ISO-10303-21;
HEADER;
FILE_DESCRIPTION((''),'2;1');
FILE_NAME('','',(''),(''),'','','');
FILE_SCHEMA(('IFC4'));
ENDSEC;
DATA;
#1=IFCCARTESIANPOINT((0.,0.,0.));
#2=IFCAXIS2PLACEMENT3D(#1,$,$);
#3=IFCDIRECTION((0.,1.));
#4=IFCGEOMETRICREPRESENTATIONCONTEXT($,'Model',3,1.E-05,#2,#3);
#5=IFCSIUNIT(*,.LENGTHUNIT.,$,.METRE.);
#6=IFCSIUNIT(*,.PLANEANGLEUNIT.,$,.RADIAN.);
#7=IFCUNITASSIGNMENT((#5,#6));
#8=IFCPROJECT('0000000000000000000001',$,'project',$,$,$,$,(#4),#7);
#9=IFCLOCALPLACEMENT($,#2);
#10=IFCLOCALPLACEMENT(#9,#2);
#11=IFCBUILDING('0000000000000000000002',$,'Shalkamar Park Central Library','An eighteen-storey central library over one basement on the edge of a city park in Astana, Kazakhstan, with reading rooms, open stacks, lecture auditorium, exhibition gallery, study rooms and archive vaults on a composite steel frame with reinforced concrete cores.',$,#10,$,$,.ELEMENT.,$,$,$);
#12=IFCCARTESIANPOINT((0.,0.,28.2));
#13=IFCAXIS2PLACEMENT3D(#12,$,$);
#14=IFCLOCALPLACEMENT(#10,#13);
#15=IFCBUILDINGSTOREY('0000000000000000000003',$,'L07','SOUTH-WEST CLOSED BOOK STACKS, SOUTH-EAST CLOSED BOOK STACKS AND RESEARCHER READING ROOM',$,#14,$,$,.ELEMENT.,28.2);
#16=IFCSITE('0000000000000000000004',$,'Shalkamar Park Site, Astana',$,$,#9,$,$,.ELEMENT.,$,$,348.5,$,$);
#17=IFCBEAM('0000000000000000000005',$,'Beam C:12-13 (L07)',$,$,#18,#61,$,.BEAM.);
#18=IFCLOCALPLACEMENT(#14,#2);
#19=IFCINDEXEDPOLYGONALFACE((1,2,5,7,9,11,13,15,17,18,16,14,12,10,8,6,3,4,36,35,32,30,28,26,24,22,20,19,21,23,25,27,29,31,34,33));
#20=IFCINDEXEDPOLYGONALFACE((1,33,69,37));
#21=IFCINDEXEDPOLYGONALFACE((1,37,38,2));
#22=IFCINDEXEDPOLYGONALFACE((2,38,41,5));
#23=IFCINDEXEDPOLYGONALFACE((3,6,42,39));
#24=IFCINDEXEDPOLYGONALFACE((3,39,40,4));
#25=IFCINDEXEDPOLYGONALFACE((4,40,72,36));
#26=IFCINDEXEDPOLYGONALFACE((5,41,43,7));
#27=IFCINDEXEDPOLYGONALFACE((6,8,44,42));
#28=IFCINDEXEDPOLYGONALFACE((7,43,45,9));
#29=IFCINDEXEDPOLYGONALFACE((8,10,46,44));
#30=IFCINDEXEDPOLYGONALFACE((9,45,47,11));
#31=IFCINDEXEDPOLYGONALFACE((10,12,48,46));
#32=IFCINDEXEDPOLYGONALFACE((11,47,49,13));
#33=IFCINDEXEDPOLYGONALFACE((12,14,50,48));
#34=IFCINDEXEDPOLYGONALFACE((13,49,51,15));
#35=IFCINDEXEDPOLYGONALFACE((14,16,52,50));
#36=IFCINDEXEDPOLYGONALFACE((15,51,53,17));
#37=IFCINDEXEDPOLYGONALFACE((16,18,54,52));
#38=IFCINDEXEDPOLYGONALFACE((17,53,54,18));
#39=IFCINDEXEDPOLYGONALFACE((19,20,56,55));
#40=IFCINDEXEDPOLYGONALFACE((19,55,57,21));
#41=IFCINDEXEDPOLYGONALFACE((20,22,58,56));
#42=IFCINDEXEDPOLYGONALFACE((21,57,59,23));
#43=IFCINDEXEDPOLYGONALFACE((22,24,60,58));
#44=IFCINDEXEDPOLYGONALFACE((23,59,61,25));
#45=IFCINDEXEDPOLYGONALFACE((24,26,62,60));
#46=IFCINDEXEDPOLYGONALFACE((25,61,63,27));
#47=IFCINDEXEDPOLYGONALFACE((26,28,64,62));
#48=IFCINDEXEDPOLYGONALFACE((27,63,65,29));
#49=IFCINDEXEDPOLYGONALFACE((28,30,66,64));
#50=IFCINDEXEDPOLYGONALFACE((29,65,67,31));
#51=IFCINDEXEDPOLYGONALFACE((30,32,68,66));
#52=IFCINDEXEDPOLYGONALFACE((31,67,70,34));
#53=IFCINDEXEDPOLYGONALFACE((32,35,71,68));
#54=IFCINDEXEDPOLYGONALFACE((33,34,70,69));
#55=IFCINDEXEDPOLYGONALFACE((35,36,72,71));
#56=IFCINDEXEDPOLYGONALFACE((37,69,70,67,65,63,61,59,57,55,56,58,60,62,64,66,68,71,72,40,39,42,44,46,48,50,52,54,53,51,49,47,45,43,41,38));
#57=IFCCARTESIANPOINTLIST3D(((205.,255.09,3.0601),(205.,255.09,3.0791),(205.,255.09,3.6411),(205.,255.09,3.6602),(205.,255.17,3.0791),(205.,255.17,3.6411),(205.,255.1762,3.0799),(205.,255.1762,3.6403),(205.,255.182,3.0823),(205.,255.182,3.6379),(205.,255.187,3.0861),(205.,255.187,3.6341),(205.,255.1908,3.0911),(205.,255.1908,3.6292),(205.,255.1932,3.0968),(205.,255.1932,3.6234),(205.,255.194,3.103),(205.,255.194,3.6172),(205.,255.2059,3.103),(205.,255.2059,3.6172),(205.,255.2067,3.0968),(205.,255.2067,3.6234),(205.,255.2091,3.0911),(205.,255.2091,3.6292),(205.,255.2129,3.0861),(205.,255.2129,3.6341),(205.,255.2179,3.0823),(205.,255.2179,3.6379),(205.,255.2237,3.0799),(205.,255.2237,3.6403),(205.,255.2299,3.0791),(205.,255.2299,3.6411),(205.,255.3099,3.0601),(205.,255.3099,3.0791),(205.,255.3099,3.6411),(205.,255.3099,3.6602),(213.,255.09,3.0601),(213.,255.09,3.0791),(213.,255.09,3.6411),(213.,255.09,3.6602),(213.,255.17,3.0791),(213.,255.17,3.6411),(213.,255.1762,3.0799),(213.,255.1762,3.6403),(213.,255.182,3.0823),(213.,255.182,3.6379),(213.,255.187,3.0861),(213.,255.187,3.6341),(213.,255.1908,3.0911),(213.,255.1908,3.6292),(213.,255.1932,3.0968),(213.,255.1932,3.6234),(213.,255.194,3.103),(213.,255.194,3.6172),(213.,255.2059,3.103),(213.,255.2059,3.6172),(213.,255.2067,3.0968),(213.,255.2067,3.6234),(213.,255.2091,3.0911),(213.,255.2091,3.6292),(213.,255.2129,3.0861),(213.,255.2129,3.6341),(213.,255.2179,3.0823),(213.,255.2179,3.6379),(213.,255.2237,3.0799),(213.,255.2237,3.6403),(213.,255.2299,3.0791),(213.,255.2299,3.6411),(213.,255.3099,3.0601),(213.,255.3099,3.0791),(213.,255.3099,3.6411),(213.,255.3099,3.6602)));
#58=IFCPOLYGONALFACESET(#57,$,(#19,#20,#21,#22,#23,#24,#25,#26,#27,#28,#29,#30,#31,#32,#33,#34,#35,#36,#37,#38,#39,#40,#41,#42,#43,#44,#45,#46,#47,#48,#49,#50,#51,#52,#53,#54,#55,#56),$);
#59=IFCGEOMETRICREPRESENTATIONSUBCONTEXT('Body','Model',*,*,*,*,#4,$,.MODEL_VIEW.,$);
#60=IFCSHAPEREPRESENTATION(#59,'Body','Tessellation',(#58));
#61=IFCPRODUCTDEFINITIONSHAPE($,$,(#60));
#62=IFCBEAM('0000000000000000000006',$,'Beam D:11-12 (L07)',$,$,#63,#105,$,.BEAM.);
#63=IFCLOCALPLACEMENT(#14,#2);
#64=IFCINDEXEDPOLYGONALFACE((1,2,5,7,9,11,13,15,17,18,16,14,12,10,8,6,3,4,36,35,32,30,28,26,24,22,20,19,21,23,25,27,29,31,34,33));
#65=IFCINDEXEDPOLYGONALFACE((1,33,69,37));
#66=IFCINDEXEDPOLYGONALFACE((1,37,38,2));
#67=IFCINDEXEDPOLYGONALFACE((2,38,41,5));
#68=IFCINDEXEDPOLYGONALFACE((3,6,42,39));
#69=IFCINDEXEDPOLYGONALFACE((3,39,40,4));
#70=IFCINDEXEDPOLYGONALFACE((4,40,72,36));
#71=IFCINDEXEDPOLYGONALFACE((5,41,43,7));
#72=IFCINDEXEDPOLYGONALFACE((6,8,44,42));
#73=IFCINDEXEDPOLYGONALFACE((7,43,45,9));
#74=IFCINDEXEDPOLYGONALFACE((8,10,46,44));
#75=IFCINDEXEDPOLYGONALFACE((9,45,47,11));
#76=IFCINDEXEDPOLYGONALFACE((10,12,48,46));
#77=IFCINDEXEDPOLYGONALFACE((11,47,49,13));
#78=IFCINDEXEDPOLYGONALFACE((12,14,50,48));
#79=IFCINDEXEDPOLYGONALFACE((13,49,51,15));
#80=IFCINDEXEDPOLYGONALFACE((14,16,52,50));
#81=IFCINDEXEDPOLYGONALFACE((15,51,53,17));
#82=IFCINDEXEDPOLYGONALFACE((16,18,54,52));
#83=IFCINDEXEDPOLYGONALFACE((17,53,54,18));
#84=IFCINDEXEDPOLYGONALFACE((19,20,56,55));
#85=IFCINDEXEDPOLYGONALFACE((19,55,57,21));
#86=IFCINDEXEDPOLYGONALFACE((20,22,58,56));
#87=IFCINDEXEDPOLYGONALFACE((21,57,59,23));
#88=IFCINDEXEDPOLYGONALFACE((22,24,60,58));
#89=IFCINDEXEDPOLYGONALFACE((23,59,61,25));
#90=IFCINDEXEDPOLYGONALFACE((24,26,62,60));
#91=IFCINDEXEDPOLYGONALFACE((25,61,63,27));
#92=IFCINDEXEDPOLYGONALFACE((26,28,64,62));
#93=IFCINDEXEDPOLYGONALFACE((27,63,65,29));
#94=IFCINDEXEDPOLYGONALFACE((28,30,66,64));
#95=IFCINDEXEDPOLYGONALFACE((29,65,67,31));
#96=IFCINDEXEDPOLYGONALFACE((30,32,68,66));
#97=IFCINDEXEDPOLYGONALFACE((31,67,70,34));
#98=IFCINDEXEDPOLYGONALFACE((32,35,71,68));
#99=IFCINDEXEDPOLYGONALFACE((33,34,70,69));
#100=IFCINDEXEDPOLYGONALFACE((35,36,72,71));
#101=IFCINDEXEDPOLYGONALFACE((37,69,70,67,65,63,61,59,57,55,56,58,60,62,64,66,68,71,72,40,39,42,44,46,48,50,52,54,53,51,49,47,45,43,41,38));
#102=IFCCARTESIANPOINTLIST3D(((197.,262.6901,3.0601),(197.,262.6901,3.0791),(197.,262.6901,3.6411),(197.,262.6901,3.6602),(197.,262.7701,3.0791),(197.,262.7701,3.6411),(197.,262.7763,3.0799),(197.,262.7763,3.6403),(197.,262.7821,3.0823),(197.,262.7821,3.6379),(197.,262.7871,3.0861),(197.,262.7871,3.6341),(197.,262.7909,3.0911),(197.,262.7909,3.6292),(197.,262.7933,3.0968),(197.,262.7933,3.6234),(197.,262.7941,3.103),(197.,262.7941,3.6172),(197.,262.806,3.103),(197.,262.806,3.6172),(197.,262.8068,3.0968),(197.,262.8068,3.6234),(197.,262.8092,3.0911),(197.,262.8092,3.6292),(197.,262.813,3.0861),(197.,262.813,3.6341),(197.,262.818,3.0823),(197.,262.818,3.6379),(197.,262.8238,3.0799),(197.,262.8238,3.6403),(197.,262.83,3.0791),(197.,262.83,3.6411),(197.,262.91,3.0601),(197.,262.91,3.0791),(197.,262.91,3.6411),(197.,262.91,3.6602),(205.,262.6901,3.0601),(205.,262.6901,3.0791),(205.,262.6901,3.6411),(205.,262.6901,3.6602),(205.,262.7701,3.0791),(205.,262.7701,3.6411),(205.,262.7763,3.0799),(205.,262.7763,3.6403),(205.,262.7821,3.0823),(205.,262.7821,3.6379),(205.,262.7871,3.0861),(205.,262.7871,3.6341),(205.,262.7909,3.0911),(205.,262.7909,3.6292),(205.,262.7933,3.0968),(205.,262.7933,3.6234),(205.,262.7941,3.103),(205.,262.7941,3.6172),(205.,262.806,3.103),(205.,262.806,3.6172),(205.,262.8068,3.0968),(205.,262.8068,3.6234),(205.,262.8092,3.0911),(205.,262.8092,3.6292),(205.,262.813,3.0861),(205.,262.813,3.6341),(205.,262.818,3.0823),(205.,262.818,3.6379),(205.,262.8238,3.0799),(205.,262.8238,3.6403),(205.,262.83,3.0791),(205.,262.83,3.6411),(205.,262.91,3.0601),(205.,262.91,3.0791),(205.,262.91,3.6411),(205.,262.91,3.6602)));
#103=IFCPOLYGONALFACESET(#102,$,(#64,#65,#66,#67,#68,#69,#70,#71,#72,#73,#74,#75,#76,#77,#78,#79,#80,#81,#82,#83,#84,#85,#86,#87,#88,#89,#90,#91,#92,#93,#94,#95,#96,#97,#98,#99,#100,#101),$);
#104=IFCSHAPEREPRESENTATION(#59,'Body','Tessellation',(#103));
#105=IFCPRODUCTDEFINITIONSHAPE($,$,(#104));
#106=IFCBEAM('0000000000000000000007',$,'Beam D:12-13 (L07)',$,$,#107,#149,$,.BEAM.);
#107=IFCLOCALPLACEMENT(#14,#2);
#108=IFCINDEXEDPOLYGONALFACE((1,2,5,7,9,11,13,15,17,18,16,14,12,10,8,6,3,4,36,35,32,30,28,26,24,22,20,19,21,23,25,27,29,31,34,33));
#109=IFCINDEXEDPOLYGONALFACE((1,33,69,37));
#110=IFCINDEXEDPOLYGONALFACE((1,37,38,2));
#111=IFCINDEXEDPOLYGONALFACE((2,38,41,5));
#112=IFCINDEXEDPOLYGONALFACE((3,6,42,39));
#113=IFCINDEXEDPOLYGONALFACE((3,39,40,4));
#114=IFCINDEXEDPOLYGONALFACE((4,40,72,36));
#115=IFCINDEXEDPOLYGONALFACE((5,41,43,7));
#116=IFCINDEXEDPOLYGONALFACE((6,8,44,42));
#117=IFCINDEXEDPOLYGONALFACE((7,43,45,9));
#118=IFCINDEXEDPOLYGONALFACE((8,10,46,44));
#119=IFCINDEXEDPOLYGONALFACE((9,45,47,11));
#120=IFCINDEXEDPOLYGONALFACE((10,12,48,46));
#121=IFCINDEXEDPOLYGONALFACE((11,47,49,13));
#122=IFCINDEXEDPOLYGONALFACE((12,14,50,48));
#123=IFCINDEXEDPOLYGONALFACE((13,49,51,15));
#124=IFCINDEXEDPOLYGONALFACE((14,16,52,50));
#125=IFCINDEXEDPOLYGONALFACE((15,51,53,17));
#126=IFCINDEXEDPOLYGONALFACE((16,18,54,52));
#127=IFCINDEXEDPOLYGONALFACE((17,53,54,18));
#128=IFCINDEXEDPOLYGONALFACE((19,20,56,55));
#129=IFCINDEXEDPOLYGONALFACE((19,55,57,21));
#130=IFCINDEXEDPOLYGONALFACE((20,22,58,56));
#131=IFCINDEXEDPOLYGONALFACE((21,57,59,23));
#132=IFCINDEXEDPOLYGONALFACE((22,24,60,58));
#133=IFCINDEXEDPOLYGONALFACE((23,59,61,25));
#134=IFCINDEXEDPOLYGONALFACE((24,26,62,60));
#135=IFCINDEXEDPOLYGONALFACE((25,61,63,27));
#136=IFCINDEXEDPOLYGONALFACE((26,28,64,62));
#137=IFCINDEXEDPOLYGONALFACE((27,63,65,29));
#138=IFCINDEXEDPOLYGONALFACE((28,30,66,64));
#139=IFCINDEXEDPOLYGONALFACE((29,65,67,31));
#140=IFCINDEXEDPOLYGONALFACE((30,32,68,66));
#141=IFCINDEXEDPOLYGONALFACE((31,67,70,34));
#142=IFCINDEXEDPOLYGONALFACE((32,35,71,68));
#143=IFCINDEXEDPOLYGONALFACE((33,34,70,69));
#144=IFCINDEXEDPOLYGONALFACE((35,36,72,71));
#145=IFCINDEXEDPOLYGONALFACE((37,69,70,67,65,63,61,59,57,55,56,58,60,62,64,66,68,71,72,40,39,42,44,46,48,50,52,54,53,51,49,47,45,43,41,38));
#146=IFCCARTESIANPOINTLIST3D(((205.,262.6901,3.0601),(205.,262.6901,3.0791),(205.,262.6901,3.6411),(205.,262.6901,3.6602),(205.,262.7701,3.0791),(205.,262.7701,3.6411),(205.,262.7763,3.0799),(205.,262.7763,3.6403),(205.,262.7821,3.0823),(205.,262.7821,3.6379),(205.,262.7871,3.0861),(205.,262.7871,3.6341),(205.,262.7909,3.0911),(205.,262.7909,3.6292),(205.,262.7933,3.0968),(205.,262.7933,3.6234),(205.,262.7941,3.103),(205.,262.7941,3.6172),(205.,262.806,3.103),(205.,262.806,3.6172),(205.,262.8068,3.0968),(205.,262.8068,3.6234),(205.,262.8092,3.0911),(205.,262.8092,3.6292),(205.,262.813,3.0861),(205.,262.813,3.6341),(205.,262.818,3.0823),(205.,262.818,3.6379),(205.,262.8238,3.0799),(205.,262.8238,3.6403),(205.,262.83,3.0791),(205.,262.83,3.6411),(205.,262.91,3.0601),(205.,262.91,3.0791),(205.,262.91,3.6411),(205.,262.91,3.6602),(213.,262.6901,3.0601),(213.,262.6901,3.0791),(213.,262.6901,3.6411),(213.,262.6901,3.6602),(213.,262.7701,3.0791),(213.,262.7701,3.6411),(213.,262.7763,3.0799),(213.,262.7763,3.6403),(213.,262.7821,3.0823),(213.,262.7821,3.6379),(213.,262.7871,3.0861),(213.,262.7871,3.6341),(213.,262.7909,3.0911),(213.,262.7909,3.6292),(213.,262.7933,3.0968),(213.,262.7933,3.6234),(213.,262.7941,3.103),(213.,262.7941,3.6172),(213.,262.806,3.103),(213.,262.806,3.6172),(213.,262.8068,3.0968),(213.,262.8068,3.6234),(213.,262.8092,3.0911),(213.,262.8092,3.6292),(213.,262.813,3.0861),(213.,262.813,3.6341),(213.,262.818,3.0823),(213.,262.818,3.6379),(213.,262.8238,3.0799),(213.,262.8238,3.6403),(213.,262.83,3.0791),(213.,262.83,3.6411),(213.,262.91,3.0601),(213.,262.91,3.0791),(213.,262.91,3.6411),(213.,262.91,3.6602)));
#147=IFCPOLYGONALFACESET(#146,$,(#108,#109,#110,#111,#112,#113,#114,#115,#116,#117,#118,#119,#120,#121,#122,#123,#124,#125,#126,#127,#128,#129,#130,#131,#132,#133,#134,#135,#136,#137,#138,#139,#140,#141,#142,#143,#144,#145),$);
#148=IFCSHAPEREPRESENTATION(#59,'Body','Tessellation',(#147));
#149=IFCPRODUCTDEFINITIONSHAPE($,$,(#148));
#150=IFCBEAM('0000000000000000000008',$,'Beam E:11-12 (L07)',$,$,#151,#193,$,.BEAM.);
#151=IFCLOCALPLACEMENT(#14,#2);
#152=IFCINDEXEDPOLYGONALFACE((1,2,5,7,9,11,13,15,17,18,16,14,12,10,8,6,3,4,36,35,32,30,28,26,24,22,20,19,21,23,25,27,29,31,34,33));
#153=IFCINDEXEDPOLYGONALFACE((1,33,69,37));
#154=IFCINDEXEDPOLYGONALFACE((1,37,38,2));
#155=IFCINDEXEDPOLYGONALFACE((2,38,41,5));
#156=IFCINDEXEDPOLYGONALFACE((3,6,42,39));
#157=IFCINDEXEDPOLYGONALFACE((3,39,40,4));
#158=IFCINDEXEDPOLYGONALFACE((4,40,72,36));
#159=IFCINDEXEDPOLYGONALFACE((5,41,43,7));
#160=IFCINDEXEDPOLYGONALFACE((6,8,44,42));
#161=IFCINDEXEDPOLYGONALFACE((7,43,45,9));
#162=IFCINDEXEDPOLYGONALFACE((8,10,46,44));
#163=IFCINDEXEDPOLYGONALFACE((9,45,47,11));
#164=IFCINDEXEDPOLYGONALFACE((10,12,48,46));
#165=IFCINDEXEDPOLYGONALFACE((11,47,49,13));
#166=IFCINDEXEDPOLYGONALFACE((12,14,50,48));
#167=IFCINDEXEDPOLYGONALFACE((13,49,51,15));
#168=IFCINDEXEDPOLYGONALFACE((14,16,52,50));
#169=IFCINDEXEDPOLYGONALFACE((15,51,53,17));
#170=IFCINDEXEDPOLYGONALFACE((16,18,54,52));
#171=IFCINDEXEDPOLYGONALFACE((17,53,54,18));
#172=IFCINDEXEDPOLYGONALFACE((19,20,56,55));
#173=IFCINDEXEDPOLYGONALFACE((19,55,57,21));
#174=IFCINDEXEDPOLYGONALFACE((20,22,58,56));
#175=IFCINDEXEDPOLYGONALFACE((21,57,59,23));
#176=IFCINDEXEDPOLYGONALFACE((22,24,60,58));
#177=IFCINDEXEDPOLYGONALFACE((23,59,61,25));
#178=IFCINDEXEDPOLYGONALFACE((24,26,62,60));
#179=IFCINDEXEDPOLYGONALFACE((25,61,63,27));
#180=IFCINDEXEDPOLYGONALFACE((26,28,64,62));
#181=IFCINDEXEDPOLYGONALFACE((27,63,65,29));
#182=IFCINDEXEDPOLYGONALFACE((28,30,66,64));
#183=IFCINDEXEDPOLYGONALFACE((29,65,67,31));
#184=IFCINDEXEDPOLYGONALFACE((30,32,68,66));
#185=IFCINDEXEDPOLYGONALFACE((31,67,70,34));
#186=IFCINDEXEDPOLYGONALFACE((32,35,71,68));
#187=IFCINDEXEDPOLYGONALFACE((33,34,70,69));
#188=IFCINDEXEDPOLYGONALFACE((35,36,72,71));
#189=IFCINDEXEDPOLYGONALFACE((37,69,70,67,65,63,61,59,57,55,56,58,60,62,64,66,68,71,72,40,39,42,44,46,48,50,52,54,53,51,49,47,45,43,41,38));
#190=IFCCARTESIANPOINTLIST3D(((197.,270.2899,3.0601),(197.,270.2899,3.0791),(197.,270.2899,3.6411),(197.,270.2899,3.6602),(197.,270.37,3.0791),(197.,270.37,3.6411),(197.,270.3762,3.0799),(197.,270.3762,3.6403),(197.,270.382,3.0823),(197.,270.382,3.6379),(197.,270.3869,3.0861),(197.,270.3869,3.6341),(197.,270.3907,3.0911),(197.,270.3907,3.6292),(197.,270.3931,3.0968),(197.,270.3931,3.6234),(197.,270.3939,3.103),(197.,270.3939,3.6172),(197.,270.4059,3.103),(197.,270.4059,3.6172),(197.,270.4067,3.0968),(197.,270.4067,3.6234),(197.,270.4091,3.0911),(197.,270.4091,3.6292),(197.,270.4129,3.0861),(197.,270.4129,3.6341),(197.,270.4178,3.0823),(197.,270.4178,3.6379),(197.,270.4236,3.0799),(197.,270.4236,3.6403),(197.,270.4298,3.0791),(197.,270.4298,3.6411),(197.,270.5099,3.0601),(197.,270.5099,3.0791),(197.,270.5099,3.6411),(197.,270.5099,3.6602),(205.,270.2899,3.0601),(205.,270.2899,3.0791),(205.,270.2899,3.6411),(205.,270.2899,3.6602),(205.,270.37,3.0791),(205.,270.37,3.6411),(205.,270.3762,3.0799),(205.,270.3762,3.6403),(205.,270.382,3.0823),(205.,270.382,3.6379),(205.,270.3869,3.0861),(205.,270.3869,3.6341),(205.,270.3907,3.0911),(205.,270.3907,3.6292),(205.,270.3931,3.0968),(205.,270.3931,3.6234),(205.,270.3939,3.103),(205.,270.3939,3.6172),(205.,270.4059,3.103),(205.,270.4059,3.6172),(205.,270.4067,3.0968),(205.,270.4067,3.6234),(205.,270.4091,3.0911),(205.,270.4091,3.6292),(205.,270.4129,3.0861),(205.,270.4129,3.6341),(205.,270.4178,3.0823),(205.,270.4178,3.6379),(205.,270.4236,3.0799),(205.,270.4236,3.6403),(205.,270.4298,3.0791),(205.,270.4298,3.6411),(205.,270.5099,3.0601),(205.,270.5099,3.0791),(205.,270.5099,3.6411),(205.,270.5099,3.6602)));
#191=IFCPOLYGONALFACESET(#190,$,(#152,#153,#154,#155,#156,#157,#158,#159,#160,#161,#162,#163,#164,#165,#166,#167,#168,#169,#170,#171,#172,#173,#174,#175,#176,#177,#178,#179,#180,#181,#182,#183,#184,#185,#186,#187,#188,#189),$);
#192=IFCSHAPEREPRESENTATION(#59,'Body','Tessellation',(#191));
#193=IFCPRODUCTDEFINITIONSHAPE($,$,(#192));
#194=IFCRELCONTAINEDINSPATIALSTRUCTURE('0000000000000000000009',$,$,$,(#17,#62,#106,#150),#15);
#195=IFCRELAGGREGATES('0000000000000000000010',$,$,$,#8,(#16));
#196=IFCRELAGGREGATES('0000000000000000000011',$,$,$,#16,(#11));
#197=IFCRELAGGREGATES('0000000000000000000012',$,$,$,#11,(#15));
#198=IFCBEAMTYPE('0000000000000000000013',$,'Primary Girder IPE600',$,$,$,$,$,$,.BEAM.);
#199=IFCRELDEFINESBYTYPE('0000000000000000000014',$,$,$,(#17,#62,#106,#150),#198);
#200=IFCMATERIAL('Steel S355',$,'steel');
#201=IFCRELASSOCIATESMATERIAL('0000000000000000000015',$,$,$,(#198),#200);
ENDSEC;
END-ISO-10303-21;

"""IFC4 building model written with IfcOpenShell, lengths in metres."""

from ifc_helpers import new_model, si_unit, direction, frame, origin, origin_2d, place, context, subcontext, project, spatial, i_section, extrude, material, material_profile, profile_set, type_object, element, save


model = new_model("IFC4")

# Units and contexts
model_context = context("Model", 3, precision=1e-05, world=origin(), true_north=direction((0.0, 1.0)))
body_context = subcontext(model_context, "Body", "Model", "MODEL_VIEW")
ifc_project = project(units=[si_unit("LENGTHUNIT", "METRE"), si_unit("PLANEANGLEUNIT", "RADIAN")], contexts=[model_context])

# Site, building, storey
site_placement = place(None, origin())
site = spatial("IfcSite", under=ifc_project, at=site_placement, Name="Shalkamar Park Site, Astana", CompositionType="ELEMENT", RefElevation=348.5)
building_placement = place(site_placement, origin())
building = spatial("IfcBuilding", under=site, at=building_placement, Name="Shalkamar Park Central Library", Description="An eighteen-storey central library over one basement on the edge of a city park in Astana, Kazakhstan, with reading rooms, open stacks, lecture auditorium, exhibition gallery, study rooms and archive vaults on a composite steel frame with reinforced concrete cores.", CompositionType="ELEMENT")
storey_placement = place(building_placement, frame((0.0, 0.0, 28.2)))
storey = spatial("IfcBuildingStorey", under=building, at=storey_placement, Name="L07", Description="SOUTH-WEST CLOSED BOOK STACKS, SOUTH-EAST CLOSED BOOK STACKS AND RESEARCHER READING ROOM", CompositionType="ELEMENT", Elevation=28.2)

# Shared definitions
ifc_material_1 = material(Name="Steel S355", Category="steel")

# Beams
ifc_material_profile_1 = material_profile(ifc_material_1, i_section(OverallWidth=0.22, OverallDepth=0.6001, WebThickness=0.012, FlangeThickness=0.019, FilletRadius=0.0239, at=origin_2d()), Name="IPE 600")
ifc_profile_set_1 = profile_set([ifc_material_profile_1], Name="Steel S355")
beam_type_1 = type_object("IfcBeamType", Name="Primary Girder IPE600", PredefinedType="BEAM", material=ifc_profile_set_1)
for number, where, z_axis, x_axis, name in (
    (1, (205.0, 255.2, 3.3601), (1.0, 0.0, 0.0), (0.0, 1.0, 0.0), "Beam C:12-13 (L07)"),
    (2, (197.0, 262.8, 3.3601), (1.0, 0.0, 0.0), (0.0, 1.0, 0.0), "Beam D:11-12 (L07)"),
    (3, (205.0, 262.8, 3.3601), (1.0, 0.0, 0.0), (0.0, 1.0, 0.0), "Beam D:12-13 (L07)"),
    (4, (197.0, 270.3999, 3.3601), (1.0, 0.0, 0.0), (0.0, 1.0, 0.0), "Beam E:11-12 (L07)"),
):
    element("IfcBeam", number, at=place(storey_placement, frame(where, z_axis=z_axis, x_axis=x_axis)), inside=storey, type_object=beam_type_1, Name=name, PredefinedType="BEAM", context=body_context, shape_type="SweptSolid", body=[
        extrude(i_section(OverallWidth=0.22, OverallDepth=0.6001, WebThickness=0.012, FlangeThickness=0.019, FilletRadius=0.0239, at=origin_2d()), origin(), (0.0, 0.0, 1.0), 8.0),
    ])

save(model, "model.ifc")
